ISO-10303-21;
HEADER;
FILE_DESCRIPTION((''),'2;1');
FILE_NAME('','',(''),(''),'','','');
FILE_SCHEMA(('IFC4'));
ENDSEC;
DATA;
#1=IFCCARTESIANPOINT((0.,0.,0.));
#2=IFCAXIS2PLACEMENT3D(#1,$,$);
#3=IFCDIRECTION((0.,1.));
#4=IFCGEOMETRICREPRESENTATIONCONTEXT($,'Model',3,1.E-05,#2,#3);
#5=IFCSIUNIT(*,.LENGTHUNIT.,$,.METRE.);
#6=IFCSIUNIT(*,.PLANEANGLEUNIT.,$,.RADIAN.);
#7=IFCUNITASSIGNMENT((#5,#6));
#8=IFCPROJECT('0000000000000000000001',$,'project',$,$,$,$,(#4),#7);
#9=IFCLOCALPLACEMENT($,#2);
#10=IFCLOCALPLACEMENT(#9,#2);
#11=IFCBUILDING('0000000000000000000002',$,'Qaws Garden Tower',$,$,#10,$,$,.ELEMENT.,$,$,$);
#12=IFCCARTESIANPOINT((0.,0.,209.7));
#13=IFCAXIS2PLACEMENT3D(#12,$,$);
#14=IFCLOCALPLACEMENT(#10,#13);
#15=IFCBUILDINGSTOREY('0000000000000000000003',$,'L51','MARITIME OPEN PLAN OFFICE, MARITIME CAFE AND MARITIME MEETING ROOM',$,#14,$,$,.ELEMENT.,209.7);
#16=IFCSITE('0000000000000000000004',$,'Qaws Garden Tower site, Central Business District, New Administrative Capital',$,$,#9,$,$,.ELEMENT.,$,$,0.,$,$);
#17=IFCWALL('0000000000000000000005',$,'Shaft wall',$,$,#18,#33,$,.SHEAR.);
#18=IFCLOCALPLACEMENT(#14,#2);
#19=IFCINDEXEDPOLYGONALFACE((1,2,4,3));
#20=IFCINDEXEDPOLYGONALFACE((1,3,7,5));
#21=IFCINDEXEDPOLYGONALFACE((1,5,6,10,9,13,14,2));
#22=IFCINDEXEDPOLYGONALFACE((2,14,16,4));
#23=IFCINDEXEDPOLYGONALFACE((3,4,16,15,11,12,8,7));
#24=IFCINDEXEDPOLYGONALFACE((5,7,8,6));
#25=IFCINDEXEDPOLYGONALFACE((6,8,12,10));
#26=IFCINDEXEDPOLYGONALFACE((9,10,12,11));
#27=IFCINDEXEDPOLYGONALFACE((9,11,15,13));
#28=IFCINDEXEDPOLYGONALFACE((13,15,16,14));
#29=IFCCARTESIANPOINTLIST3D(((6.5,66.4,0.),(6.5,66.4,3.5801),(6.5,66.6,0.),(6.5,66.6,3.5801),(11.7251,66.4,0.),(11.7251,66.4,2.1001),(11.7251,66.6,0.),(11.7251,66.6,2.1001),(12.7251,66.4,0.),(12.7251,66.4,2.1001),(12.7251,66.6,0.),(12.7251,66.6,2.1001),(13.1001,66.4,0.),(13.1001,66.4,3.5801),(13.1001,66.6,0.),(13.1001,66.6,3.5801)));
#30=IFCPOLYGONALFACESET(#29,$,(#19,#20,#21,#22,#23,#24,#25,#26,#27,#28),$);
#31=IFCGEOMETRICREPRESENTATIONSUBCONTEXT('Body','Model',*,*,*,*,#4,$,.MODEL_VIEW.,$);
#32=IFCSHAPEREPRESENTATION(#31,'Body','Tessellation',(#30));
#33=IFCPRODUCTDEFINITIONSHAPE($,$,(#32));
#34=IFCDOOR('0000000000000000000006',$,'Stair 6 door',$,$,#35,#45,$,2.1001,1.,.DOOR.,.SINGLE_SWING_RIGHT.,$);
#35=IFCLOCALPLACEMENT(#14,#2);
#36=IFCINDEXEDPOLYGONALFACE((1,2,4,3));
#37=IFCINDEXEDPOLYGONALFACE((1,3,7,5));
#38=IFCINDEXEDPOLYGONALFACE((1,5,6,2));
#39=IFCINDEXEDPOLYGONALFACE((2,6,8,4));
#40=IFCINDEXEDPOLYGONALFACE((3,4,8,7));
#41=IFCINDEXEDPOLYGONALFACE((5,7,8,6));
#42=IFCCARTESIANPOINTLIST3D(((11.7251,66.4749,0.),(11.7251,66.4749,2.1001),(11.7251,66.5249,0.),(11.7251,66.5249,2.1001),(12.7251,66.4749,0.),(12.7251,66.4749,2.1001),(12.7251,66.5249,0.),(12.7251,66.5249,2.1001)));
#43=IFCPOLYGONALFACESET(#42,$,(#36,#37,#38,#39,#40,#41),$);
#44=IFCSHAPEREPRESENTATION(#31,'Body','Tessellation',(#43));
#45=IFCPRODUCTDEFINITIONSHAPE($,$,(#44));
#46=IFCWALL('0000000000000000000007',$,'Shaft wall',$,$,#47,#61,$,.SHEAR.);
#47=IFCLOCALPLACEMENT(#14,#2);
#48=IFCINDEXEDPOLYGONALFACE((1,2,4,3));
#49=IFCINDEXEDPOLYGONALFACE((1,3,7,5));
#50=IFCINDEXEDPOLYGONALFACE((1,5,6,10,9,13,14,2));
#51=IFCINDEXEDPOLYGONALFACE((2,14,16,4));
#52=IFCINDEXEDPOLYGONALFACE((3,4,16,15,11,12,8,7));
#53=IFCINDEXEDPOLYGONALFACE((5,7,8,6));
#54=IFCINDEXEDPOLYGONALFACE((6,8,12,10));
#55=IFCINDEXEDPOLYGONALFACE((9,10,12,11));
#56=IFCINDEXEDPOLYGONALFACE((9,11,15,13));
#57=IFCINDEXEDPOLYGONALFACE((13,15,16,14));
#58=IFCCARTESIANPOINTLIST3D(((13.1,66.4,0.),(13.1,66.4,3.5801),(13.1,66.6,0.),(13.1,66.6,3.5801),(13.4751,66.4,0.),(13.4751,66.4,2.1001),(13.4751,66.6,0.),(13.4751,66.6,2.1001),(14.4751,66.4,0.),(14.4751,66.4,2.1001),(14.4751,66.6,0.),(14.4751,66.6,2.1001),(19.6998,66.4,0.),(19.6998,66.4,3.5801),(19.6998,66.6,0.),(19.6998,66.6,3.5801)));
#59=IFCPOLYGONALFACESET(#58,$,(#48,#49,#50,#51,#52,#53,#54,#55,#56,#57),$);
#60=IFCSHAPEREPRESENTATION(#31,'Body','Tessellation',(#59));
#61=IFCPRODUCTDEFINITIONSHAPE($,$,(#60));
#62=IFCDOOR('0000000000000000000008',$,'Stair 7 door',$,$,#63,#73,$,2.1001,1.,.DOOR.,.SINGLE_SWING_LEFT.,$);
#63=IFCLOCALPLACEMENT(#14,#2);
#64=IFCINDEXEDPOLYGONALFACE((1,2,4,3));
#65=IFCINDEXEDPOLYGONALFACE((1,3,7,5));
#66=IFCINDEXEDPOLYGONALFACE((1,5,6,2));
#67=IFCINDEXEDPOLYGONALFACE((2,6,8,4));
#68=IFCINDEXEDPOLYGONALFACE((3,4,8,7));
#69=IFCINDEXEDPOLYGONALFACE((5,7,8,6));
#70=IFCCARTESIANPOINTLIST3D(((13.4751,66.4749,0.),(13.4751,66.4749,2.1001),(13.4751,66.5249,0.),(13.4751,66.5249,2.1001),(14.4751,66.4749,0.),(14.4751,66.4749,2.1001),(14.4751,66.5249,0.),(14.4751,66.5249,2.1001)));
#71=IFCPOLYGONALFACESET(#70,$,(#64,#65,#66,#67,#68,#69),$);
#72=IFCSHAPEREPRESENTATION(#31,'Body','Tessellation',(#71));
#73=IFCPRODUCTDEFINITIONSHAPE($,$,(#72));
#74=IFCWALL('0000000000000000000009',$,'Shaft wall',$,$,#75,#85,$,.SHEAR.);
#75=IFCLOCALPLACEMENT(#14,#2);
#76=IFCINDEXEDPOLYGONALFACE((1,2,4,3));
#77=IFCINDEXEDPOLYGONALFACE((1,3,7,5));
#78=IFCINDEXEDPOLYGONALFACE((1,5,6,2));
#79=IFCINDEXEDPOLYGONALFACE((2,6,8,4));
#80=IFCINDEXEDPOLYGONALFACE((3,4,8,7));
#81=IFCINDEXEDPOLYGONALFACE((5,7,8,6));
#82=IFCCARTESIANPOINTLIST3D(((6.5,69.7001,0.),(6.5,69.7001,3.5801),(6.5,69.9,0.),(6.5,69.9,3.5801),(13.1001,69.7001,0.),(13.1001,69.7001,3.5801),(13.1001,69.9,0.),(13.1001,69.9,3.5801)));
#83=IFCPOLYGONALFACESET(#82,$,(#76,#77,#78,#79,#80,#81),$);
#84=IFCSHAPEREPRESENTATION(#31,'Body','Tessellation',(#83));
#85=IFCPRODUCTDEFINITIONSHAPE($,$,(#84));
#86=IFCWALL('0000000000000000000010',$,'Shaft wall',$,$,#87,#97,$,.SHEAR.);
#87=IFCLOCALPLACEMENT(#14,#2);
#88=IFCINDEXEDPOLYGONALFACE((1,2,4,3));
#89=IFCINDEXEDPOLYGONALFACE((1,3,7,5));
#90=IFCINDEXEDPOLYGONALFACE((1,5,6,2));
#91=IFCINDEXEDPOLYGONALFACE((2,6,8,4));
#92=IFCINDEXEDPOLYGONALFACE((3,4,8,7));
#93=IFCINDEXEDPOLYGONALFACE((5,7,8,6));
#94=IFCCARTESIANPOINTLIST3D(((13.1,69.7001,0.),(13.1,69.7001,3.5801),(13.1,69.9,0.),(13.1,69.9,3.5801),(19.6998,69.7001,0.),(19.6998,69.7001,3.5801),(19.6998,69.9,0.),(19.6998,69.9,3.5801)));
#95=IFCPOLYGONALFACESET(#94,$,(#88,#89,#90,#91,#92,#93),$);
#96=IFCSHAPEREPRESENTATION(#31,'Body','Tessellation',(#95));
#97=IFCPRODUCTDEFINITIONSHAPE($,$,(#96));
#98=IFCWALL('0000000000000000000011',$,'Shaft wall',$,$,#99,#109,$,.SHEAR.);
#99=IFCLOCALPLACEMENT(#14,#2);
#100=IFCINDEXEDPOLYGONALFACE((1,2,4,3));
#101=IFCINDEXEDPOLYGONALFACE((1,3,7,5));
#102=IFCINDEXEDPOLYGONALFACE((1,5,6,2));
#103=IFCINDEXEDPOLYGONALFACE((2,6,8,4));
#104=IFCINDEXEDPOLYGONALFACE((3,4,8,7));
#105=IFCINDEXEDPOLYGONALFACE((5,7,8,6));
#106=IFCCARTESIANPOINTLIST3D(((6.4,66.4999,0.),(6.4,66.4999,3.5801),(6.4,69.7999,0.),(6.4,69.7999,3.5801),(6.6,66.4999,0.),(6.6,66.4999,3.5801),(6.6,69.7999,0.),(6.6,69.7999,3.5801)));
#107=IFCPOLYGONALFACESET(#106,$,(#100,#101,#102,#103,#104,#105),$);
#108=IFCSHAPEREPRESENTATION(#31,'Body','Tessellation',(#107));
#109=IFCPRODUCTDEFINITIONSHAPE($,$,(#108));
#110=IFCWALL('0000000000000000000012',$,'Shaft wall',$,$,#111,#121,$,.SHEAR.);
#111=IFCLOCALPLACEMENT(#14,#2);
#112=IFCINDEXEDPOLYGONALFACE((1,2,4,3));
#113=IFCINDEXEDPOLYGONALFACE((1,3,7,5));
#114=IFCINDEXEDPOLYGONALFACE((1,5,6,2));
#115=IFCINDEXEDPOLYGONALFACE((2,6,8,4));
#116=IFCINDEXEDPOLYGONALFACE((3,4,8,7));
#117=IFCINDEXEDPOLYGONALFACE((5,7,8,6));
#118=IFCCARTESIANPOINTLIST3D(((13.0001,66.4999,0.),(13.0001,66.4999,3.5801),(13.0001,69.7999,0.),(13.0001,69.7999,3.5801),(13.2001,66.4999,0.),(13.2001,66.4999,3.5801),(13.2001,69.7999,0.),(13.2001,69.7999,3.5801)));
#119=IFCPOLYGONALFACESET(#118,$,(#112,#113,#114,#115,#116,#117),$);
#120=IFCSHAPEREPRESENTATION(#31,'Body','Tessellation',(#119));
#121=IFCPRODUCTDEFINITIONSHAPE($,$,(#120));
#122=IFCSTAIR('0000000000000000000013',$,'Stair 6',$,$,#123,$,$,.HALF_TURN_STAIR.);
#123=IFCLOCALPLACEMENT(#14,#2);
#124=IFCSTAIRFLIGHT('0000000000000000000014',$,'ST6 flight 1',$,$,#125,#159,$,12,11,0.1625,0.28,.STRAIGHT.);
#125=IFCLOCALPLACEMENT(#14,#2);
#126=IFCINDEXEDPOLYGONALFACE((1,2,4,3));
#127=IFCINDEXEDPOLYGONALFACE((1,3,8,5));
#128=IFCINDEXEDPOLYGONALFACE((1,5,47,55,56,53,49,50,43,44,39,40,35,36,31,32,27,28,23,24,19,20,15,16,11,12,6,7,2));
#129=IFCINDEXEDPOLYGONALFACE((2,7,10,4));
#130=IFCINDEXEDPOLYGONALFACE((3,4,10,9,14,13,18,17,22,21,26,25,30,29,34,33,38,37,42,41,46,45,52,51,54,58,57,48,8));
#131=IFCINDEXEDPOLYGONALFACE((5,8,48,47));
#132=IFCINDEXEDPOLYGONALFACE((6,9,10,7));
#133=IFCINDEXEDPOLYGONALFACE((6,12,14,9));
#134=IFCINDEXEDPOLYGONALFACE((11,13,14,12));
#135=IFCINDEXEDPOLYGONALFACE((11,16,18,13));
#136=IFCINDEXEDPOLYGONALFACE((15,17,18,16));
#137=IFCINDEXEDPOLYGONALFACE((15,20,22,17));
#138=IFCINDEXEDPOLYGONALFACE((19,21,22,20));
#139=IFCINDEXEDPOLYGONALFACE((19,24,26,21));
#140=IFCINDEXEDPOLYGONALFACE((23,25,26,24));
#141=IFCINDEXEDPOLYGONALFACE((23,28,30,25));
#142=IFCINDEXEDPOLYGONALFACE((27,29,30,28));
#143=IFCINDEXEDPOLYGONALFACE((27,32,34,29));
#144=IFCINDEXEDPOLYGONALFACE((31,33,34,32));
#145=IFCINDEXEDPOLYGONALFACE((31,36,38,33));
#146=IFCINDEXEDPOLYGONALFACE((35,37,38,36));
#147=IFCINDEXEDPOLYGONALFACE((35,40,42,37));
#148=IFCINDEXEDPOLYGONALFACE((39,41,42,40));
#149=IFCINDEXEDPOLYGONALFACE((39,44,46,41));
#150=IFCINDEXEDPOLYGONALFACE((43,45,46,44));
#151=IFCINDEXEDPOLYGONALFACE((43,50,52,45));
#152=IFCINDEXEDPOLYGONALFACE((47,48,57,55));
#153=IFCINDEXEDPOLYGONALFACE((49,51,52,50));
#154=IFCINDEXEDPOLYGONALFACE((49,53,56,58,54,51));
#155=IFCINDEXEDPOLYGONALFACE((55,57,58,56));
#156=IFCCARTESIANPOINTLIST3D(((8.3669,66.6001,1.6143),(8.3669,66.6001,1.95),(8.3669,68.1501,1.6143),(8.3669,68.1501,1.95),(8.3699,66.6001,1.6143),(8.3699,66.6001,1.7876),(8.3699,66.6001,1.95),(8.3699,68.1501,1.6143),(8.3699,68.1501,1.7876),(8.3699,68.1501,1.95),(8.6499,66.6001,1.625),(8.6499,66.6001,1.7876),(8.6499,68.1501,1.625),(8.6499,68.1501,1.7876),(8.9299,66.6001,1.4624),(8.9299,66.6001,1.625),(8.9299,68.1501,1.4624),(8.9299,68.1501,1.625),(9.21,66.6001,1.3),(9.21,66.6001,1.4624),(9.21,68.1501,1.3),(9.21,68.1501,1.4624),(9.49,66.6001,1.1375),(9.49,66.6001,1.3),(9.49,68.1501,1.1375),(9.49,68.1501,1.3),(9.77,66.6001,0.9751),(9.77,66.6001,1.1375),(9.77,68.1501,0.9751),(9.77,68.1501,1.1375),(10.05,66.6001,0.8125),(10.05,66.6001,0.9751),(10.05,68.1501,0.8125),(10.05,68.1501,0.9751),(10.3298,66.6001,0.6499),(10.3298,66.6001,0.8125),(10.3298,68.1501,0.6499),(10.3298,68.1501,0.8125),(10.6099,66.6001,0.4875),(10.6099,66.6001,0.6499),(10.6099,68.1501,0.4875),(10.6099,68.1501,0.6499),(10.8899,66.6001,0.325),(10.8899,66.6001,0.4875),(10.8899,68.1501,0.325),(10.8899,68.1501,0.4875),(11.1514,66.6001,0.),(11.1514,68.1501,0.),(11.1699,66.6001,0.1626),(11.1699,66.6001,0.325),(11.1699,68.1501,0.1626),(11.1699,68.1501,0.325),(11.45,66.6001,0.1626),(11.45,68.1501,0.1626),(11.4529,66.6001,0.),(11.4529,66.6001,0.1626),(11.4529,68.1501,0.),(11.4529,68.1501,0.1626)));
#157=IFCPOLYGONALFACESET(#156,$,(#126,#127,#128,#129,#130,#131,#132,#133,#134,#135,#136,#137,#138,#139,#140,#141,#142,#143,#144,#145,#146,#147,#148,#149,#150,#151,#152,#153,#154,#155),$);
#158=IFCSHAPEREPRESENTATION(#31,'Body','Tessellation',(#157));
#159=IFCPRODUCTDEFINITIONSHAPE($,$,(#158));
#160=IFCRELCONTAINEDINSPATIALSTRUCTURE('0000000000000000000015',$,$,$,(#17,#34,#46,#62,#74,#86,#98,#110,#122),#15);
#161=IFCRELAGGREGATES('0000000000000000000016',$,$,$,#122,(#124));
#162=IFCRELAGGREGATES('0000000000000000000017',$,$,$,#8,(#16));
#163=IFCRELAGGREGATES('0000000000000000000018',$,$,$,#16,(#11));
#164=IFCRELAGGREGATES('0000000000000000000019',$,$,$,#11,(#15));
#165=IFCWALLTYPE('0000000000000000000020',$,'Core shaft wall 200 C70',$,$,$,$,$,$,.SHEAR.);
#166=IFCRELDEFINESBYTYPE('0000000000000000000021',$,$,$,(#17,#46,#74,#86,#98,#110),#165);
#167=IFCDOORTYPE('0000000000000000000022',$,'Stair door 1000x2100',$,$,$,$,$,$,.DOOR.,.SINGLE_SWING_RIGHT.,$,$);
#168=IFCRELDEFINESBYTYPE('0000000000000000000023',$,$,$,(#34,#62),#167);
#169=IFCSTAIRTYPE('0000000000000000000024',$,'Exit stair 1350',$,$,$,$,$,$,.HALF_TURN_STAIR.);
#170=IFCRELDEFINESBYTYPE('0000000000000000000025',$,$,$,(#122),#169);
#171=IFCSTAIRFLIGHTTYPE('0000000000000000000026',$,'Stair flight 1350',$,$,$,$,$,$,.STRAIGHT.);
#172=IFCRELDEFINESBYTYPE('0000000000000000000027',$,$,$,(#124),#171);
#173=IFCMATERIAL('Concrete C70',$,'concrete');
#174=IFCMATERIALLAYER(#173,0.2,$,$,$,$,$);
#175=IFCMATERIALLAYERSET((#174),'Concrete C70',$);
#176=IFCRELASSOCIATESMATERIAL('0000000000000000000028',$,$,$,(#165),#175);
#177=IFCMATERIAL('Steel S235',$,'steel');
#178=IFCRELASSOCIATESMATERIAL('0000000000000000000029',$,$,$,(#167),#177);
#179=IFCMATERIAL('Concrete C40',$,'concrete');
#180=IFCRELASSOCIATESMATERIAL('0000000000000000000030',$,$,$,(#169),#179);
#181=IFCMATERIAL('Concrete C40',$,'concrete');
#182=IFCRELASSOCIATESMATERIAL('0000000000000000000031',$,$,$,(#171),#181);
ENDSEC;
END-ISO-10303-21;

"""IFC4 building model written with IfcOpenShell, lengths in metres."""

from ifc_helpers import new_model, si_unit, direction, frame, frame_2d, origin, place, context, subcontext, project, spatial, polyline, rectangle, outline, extrude, material, layer, layer_set, type_object, element, fill, aggregate, save


model = new_model("IFC4")

# Units and contexts
model_context = context("Model", 3, precision=1e-05, world=origin(), true_north=direction((0.0, 1.0)))
body_context = subcontext(model_context, "Body", "Model", "MODEL_VIEW")
ifc_project = project(units=[si_unit("LENGTHUNIT", "METRE"), si_unit("PLANEANGLEUNIT", "RADIAN")], contexts=[model_context])

# Site, building, storey
site_placement = place(None, origin())
site = spatial("IfcSite", under=ifc_project, at=site_placement, Name="Qaws Garden Tower site, Central Business District, New Administrative Capital", CompositionType="ELEMENT", RefElevation=0.0)
building_placement = place(site_placement, origin())
building = spatial("IfcBuilding", under=site, at=building_placement, Name="Qaws Garden Tower", CompositionType="ELEMENT")
storey_placement = place(building_placement, frame((0.0, 0.0, 209.7)))
storey = spatial("IfcBuildingStorey", under=building, at=storey_placement, Name="L51", Description="MARITIME OPEN PLAN OFFICE, MARITIME CAFE AND MARITIME MEETING ROOM", CompositionType="ELEMENT", Elevation=209.7)

# Walls, openings, doors
ifc_material_1 = material(Name="Concrete C70", Category="concrete")
ifc_layer_1 = layer(ifc_material_1, 0.2)
ifc_layer_set_1 = layer_set([ifc_layer_1], Name="Concrete C70")
wall_type_1 = type_object("IfcWallType", Name="Core shaft wall 200 C70", PredefinedType="SHEAR", material=ifc_layer_set_1)
wall_1_placement = place(storey_placement, frame((6.5, 66.5, 0.0), z_axis=(0.0, 0.0, 1.0), x_axis=(1.0, 0.0, 0.0)))
wall_1 = element("IfcWall", 1, at=wall_1_placement, inside=storey, type_object=wall_type_1, Name="Shaft wall", PredefinedType="SHEAR", context=body_context, shape_type="SweptSolid", body=[
    extrude(rectangle(XDim=6.6001, YDim=0.2, at=frame_2d((3.3, 0.0))), origin(), (0.0, 0.0, 1.0), 3.5801),
])
opening_1_placement = place(wall_1_placement, frame((5.2251, 0.0, 0.0)))
opening_1 = element("IfcOpeningElement", 2, at=opening_1_placement, cuts=wall_1, PredefinedType="OPENING", context=body_context, shape_type="SweptSolid", body=[
    extrude(rectangle(XDim=1.0, YDim=2.1001, at=frame_2d((0.5, 1.05))), frame((0.0, 0.1099, 0.0), z_axis=(0.0, -1.0, 0.0), x_axis=(1.0, 0.0, 0.0)), (0.0, 0.0, 1.0), 0.22),
])
ifc_material_2 = material(Name="Steel S235", Category="steel")
door_type = type_object("IfcDoorType", Name="Stair door 1000x2100", OperationType="SINGLE_SWING_RIGHT", PredefinedType="DOOR", material=ifc_material_2)
door_1_placement = place(opening_1_placement, origin())
door_1 = element("IfcDoor", 3, at=door_1_placement, inside=storey, type_object=door_type, Name="Stair 6 door", OperationType="SINGLE_SWING_RIGHT", OverallHeight=2.1001, OverallWidth=1.0, PredefinedType="DOOR", context=body_context, shape_type="SweptSolid", body=[
    extrude(rectangle(XDim=1.0, YDim=2.1001, at=frame_2d((0.5, 1.05))), frame((0.0, 0.0249, 0.0), z_axis=(0.0, -1.0, 0.0), x_axis=(1.0, 0.0, 0.0)), (0.0, 0.0, 1.0), 0.05),
])
fill(opening_1, door_1)
wall_2_placement = place(storey_placement, frame((13.1001, 66.5, 0.0), z_axis=(0.0, 0.0, 1.0), x_axis=(1.0, 0.0, 0.0)))
wall_2 = element("IfcWall", 4, at=wall_2_placement, inside=storey, type_object=wall_type_1, Name="Shaft wall", PredefinedType="SHEAR", context=body_context, shape_type="SweptSolid", body=[
    extrude(rectangle(XDim=6.5999, YDim=0.2, at=frame_2d((3.2998, 0.0))), origin(), (0.0, 0.0, 1.0), 3.5801),
])
opening_2_placement = place(wall_2_placement, frame((0.375, 0.0, 0.0)))
opening_2 = element("IfcOpeningElement", 5, at=opening_2_placement, cuts=wall_2, PredefinedType="OPENING", context=body_context, shape_type="SweptSolid", body=[
    extrude(rectangle(XDim=1.0, YDim=2.1001, at=frame_2d((0.5, 1.05))), frame((0.0, 0.1099, 0.0), z_axis=(0.0, -1.0, 0.0), x_axis=(1.0, 0.0, 0.0)), (0.0, 0.0, 1.0), 0.22),
])
door_2_placement = place(opening_2_placement, origin())
door_2 = element("IfcDoor", 6, at=door_2_placement, inside=storey, type_object=door_type, Name="Stair 7 door", OperationType="SINGLE_SWING_LEFT", OverallHeight=2.1001, OverallWidth=1.0, PredefinedType="DOOR", context=body_context, shape_type="SweptSolid", body=[
    extrude(rectangle(XDim=1.0, YDim=2.1001, at=frame_2d((0.5, 1.05))), frame((0.0, 0.0249, 0.0), z_axis=(0.0, -1.0, 0.0), x_axis=(1.0, 0.0, 0.0)), (0.0, 0.0, 1.0), 0.05),
])
fill(opening_2, door_2)

# Walls
wall_3_placement = place(storey_placement, frame((6.5, 69.8, 0.0), z_axis=(0.0, 0.0, 1.0), x_axis=(1.0, 0.0, 0.0)))
element("IfcWall", 7, at=wall_3_placement, inside=storey, type_object=wall_type_1, Name="Shaft wall", PredefinedType="SHEAR", context=body_context, shape_type="SweptSolid", body=[
    extrude(rectangle(XDim=6.6001, YDim=0.2, at=frame_2d((3.3, 0.0))), origin(), (0.0, 0.0, 1.0), 3.5801),
])
wall_4_placement = place(storey_placement, frame((13.1001, 69.8, 0.0), z_axis=(0.0, 0.0, 1.0), x_axis=(1.0, 0.0, 0.0)))
element("IfcWall", 8, at=wall_4_placement, inside=storey, type_object=wall_type_1, Name="Shaft wall", PredefinedType="SHEAR", context=body_context, shape_type="SweptSolid", body=[
    extrude(rectangle(XDim=6.5999, YDim=0.2, at=frame_2d((3.2998, 0.0))), origin(), (0.0, 0.0, 1.0), 3.5801),
])
for number, where, z_axis, x_axis, name in (
    (9, (6.5, 66.5, 0.0), (0.0, 0.0, 1.0), (0.0, 1.0, 0.0), "Shaft wall"),
    (10, (13.1001, 66.5, 0.0), (0.0, 0.0, 1.0), (0.0, 1.0, 0.0), "Shaft wall"),
):
    element("IfcWall", number, at=place(storey_placement, frame(where, z_axis=z_axis, x_axis=x_axis)), inside=storey, type_object=wall_type_1, Name=name, PredefinedType="SHEAR", context=body_context, shape_type="SweptSolid", body=[
        extrude(rectangle(XDim=3.3, YDim=0.2, at=frame_2d((1.6499, 0.0))), origin(), (0.0, 0.0, 1.0), 3.5801),
    ])

# Stair, stair flight
ifc_material_3 = material(Name="Concrete C40", Category="concrete")
stair_type = type_object("IfcStairType", Name="Exit stair 1350", PredefinedType="HALF_TURN_STAIR", material=ifc_material_3)
placement = place(storey_placement, origin())
stair_1 = element("IfcStair", 11, at=placement, inside=storey, type_object=stair_type, Name="Stair 6", PredefinedType="HALF_TURN_STAIR")
ifc_material_4 = material(Name="Concrete C40", Category="concrete")
stair_flight_type = type_object("IfcStairFlightType", Name="Stair flight 1350", PredefinedType="STRAIGHT", material=ifc_material_4)
stair_flight_1_placement = place(storey_placement, frame((11.45, 67.375, 0.0), z_axis=(0.0, 0.0, 1.0), x_axis=(-1.0, 0.0, 0.0)))
stair_flight_1 = element("IfcStairFlight", 12, at=stair_flight_1_placement, type_object=stair_flight_type, Name="ST6 flight 1", NumberOfRisers=12, NumberOfTreads=11, PredefinedType="STRAIGHT", RiserHeight=0.1625, TreadLength=0.28, context=body_context, shape_type="SweptSolid", body=[
    extrude(outline(polyline([(-0.0029, 0.0), (-0.0029, 0.1626), (0.0, 0.1626), (0.28, 0.1626), (0.28, 0.325), (0.5601, 0.325), (0.5601, 0.4875), (0.8401, 0.4875), (0.8401, 0.6499), (1.1201, 0.6499), (1.1201, 0.8125), (1.3999, 0.8125), (1.3999, 0.9751), (1.6799, 0.9751), (1.6799, 1.1375), (1.96, 1.1375), (1.96, 1.3), (2.24, 1.3), (2.24, 1.4624), (2.52, 1.4624), (2.52, 1.625), (2.8, 1.625), (2.8, 1.7876), (3.0801, 1.7876), (3.0801, 1.95), (3.083, 1.95), (3.083, 1.6143), (3.0801, 1.6143), (0.2986, 0.0), (-0.0029, 0.0)])), frame((0.0, 0.7749, 0.0), z_axis=(0.0, -1.0, 0.0), x_axis=(1.0, 0.0, 0.0)), (0.0, 0.0, 1.0), 1.55),
])
aggregate(stair_1, [stair_flight_1])

save(model, "model.ifc")
